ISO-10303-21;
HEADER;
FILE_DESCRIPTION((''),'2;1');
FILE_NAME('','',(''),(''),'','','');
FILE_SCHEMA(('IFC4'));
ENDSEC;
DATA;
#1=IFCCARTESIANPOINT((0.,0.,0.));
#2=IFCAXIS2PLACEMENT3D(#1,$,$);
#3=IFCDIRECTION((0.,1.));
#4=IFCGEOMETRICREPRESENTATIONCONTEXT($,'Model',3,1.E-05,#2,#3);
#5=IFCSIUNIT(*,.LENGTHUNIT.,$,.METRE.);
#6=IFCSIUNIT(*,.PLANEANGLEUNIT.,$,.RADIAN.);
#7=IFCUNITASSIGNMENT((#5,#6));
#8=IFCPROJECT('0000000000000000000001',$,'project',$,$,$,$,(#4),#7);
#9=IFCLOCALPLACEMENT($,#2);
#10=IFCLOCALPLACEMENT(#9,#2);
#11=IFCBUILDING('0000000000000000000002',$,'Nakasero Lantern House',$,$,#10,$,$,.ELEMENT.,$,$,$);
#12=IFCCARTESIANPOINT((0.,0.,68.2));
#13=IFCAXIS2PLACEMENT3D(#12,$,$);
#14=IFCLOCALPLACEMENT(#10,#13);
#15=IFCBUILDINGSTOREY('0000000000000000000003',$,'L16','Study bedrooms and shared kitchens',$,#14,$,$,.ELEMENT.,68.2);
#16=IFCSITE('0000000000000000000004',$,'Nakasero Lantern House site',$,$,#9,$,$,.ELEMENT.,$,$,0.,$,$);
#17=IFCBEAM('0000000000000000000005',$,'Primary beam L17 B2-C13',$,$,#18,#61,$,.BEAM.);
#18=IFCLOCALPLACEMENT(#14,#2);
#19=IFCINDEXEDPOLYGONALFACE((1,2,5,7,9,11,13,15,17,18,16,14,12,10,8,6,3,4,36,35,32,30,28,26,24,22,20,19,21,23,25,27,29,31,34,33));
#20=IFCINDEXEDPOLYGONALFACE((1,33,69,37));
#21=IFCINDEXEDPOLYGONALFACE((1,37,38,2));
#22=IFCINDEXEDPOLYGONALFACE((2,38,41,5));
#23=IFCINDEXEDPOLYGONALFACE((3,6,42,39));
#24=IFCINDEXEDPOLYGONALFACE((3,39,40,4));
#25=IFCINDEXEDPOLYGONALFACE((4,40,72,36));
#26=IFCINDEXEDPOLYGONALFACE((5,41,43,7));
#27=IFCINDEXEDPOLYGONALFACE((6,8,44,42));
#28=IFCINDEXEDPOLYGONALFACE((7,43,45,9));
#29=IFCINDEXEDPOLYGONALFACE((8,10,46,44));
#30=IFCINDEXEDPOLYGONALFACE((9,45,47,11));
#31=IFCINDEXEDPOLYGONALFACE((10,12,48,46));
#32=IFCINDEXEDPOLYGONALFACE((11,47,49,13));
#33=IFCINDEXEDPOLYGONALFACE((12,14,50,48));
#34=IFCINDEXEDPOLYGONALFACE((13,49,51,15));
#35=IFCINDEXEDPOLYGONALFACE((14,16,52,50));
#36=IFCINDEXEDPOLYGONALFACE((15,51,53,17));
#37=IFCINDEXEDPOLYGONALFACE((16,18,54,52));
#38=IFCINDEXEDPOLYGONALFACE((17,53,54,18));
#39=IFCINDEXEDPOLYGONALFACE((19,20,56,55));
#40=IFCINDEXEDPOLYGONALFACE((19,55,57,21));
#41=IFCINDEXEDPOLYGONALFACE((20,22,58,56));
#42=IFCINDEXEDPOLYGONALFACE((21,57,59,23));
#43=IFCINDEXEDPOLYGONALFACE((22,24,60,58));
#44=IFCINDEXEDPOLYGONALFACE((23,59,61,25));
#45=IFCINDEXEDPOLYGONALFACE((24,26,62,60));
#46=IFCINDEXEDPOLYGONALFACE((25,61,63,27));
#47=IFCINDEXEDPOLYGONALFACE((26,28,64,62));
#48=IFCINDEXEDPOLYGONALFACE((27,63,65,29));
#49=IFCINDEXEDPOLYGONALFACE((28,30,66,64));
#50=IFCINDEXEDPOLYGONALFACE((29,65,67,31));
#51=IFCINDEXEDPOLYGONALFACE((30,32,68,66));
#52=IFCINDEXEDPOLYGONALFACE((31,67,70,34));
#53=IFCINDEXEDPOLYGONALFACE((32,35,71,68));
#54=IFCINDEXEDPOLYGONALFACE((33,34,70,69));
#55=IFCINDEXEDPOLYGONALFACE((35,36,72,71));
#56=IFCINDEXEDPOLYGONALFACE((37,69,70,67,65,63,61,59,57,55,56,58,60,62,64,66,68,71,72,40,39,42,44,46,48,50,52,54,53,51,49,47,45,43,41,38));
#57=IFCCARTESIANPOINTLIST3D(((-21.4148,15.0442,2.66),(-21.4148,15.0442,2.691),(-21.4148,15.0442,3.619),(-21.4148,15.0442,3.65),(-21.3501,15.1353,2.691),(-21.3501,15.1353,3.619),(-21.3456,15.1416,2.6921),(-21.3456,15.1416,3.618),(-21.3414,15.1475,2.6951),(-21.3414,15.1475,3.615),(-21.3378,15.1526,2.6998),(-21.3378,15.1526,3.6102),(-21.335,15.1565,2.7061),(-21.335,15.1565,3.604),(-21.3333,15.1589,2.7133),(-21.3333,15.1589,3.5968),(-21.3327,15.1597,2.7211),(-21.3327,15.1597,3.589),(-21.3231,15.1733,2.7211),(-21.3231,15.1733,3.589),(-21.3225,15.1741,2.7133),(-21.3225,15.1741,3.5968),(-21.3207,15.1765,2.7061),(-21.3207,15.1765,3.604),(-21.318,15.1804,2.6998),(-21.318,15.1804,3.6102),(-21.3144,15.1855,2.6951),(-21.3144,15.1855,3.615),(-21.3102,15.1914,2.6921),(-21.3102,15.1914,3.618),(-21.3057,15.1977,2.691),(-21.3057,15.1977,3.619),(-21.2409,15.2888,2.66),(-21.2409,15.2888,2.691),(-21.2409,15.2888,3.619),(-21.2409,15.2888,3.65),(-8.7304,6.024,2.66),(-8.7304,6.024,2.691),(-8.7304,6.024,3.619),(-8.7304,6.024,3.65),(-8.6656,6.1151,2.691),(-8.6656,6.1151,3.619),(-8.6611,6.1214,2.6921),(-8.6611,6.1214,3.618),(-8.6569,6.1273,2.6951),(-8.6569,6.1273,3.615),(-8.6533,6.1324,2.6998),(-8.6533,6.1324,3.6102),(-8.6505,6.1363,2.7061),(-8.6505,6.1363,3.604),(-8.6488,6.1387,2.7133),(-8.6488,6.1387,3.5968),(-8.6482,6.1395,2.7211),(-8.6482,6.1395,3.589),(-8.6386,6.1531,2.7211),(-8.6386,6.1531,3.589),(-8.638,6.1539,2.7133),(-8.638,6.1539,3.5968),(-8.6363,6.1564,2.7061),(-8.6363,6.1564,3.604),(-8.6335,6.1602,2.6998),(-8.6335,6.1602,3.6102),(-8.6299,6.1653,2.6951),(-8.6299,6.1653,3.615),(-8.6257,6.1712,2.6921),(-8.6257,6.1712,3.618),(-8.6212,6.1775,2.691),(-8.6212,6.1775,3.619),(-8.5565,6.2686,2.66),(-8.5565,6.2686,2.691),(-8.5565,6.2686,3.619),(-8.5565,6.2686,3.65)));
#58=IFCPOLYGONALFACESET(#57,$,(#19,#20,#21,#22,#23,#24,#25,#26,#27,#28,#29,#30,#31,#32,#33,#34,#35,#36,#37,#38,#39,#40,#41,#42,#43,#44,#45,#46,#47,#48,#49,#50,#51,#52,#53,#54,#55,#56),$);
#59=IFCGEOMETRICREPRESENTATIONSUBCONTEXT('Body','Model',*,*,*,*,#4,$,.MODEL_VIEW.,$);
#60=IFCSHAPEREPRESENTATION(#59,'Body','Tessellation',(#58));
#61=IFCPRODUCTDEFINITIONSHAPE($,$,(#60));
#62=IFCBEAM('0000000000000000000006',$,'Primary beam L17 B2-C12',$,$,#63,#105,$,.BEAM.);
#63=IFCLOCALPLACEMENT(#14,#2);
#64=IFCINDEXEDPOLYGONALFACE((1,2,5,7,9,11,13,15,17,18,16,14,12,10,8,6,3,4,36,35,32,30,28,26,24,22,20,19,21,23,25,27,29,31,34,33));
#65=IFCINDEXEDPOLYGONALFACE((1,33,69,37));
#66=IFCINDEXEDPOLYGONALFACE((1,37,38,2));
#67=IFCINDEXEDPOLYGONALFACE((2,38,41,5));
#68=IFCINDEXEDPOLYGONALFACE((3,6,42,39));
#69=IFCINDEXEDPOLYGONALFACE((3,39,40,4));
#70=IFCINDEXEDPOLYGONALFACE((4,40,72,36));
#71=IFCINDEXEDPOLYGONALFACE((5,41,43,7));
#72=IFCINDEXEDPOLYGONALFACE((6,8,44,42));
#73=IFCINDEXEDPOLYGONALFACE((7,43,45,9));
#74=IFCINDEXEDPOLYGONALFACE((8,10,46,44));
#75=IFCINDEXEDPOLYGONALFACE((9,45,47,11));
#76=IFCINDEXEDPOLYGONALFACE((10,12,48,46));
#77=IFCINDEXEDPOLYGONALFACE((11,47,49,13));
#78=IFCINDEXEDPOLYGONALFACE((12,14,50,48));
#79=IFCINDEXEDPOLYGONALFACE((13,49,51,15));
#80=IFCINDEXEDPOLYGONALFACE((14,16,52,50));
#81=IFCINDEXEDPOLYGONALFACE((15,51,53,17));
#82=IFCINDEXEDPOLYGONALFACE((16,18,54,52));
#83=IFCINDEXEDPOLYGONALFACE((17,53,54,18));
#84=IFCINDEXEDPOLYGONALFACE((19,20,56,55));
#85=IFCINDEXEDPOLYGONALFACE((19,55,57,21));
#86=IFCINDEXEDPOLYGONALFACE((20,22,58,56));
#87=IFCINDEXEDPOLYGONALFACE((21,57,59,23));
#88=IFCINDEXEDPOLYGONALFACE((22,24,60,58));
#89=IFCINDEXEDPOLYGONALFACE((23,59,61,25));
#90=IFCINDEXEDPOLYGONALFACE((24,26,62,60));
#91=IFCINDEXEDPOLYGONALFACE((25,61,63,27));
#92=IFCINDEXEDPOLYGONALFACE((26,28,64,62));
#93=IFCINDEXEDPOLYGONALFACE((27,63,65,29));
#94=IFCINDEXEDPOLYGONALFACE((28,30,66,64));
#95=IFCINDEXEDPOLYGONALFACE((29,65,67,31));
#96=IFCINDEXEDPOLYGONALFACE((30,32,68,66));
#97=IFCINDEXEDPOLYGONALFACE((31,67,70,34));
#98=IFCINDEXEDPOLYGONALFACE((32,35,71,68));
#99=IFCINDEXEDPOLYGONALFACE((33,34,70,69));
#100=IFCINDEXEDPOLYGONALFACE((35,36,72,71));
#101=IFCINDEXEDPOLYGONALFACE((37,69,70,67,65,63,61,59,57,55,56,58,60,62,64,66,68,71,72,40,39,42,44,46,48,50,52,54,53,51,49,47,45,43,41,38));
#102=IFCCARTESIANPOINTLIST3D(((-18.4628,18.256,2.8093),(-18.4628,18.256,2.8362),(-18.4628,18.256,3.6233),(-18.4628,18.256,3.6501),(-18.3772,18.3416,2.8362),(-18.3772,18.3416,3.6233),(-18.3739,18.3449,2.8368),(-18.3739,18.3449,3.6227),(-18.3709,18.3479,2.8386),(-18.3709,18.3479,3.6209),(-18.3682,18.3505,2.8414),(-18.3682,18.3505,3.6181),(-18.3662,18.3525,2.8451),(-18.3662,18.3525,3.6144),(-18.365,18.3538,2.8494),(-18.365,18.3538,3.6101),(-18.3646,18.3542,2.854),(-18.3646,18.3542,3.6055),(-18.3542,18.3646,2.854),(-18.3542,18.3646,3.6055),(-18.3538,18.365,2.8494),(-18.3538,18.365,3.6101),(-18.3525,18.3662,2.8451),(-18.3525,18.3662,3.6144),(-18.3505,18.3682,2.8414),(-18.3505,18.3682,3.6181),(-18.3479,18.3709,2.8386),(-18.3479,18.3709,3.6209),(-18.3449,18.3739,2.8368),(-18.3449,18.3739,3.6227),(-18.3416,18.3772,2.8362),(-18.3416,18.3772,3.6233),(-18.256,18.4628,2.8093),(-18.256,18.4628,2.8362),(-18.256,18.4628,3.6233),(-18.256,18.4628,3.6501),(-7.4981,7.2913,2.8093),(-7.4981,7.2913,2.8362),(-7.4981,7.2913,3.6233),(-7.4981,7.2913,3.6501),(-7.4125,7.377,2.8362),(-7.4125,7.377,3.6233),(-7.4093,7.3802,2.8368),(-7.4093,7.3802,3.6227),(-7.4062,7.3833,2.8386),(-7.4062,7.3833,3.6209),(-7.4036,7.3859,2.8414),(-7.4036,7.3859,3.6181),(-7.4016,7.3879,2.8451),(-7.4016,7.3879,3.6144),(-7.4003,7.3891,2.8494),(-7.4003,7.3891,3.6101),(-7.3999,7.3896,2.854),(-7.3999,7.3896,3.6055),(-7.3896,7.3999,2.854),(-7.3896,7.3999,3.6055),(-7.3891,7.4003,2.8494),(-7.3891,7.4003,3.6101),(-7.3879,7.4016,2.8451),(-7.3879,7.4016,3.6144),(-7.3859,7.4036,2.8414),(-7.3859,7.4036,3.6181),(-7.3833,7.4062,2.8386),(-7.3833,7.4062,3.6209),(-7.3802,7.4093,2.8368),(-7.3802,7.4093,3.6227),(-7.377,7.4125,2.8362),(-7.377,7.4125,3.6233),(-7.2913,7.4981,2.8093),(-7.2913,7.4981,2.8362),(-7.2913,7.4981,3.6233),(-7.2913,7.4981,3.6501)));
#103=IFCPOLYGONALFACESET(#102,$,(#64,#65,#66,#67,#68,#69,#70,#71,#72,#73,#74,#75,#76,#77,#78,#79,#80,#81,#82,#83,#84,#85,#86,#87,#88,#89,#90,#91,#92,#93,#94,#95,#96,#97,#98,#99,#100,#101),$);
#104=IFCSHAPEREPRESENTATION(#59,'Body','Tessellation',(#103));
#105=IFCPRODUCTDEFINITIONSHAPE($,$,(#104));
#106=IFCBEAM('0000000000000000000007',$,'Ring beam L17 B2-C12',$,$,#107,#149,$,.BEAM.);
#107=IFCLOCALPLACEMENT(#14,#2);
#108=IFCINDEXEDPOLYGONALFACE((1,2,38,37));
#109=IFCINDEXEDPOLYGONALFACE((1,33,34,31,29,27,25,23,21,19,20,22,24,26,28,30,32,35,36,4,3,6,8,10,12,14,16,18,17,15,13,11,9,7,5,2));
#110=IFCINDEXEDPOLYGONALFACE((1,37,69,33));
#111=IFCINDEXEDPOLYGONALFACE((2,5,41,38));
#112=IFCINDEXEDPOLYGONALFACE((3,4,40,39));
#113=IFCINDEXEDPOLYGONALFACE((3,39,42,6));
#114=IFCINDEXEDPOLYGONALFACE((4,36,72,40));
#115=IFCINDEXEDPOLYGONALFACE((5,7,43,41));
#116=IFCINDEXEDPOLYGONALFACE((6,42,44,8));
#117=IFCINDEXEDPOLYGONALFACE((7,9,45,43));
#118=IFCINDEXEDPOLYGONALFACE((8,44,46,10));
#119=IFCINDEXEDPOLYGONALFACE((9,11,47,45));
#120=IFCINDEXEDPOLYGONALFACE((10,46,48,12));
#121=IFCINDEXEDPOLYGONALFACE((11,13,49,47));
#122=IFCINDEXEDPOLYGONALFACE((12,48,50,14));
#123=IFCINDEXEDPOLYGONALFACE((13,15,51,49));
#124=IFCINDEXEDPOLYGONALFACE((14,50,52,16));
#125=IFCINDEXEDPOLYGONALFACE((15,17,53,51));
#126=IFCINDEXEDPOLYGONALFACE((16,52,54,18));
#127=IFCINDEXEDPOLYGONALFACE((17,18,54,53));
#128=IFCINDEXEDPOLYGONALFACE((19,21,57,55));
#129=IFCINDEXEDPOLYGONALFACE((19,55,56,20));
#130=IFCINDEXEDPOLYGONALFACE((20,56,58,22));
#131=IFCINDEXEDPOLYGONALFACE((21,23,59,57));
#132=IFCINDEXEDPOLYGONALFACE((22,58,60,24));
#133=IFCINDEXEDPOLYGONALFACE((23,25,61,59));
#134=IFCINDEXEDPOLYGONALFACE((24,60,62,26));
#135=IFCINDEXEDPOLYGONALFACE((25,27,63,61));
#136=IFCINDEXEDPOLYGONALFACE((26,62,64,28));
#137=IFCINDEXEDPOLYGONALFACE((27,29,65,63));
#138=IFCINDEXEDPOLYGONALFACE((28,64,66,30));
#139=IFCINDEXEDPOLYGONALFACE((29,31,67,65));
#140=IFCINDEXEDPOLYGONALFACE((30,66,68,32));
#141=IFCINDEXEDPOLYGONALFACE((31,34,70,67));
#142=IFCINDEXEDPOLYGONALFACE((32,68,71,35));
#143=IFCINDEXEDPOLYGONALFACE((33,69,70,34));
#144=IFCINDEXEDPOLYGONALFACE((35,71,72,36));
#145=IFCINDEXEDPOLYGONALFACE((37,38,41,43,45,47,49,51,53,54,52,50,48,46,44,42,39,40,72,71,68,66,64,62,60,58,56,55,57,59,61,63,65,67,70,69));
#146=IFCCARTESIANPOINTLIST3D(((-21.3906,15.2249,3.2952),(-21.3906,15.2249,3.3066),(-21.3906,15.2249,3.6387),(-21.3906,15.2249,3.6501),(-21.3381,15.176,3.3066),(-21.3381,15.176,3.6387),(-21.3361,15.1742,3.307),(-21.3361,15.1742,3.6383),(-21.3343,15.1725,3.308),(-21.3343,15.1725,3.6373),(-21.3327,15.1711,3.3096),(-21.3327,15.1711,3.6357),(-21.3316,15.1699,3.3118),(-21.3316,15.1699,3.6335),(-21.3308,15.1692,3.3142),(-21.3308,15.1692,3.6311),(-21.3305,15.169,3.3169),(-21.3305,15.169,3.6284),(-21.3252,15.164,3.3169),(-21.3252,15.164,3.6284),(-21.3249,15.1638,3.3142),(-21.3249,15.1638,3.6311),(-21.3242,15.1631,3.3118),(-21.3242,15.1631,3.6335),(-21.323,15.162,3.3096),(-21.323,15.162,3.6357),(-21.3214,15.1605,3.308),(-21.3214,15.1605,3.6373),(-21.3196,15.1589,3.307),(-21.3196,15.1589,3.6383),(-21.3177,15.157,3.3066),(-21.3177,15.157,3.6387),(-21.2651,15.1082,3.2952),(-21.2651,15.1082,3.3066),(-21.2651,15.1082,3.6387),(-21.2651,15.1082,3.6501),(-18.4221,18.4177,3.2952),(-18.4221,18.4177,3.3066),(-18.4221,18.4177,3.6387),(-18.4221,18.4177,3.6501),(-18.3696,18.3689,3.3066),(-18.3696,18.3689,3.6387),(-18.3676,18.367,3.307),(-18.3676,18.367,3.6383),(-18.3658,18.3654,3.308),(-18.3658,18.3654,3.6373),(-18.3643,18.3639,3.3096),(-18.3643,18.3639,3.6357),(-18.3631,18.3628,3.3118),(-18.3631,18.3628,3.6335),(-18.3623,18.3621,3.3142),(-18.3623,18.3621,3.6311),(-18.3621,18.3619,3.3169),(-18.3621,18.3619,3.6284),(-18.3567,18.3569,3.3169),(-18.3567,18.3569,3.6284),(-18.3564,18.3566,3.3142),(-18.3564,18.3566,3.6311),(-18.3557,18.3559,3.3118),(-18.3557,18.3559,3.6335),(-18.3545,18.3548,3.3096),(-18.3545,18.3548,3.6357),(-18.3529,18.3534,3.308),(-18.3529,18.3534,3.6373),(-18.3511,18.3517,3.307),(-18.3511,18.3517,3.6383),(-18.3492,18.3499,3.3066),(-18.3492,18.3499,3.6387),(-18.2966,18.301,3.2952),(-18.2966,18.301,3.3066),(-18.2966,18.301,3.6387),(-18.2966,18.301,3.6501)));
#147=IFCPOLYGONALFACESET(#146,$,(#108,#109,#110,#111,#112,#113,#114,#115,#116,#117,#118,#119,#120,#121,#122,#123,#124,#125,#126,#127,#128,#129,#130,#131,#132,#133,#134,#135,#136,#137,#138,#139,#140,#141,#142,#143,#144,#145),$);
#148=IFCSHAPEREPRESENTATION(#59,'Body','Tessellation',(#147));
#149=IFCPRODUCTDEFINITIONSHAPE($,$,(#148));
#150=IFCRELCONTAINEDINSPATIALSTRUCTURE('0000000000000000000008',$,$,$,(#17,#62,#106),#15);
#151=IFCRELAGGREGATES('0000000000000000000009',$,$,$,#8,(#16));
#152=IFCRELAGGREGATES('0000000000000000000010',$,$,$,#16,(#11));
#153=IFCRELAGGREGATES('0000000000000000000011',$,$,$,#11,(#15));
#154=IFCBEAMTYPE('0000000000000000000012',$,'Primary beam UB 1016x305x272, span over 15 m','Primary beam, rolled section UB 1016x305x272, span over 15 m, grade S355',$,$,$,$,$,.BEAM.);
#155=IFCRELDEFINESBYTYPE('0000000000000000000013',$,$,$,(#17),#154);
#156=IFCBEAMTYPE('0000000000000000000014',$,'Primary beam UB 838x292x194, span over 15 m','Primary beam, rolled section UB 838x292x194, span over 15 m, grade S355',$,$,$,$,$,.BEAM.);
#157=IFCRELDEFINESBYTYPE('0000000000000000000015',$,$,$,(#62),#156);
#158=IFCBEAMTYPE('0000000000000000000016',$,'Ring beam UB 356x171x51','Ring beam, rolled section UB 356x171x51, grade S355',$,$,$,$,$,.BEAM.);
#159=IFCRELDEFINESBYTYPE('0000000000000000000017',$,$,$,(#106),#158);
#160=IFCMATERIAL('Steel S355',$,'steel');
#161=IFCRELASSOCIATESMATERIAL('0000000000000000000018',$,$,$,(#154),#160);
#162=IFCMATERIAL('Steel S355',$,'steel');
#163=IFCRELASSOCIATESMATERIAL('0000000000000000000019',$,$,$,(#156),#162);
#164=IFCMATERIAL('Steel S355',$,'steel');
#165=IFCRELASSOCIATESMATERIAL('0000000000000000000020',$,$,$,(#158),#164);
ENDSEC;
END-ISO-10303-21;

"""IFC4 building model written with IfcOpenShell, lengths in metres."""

from ifc_helpers import new_model, si_unit, direction, frame, origin, origin_2d, place, context, subcontext, project, spatial, i_section, extrude, material, material_profile, profile_set, type_object, element, save


model = new_model("IFC4")

# Units and contexts
model_context = context("Model", 3, precision=1e-05, world=origin(), true_north=direction((0.0, 1.0)))
body_context = subcontext(model_context, "Body", "Model", "MODEL_VIEW")
ifc_project = project(units=[si_unit("LENGTHUNIT", "METRE"), si_unit("PLANEANGLEUNIT", "RADIAN")], contexts=[model_context])

# Site, building, storey
site_placement = place(None, origin())
site = spatial("IfcSite", under=ifc_project, at=site_placement, Name="Nakasero Lantern House site", CompositionType="ELEMENT", RefElevation=0.0)
building_placement = place(site_placement, origin())
building = spatial("IfcBuilding", under=site, at=building_placement, Name="Nakasero Lantern House", CompositionType="ELEMENT")
storey_placement = place(building_placement, frame((0.0, 0.0, 68.2)))
storey = spatial("IfcBuildingStorey", under=building, at=storey_placement, Name="L16", Description="Study bedrooms and shared kitchens", CompositionType="ELEMENT", Elevation=68.2)

# Beams
ifc_material_1 = material(Name="Steel S355", Category="steel")
ifc_material_profile_1 = material_profile(ifc_material_1, i_section(OverallWidth=0.3, OverallDepth=0.99, WebThickness=0.0166, FlangeThickness=0.031, FilletRadius=0.03, at=origin_2d()), Name="UB 1016x305x272")
ifc_profile_set_1 = profile_set([ifc_material_profile_1], Name="Steel S355")
beam_type_1 = type_object("IfcBeamType", Name="Primary beam UB 1016x305x272, span over 15 m", Description="Primary beam, rolled section UB 1016x305x272, span over 15 m, grade S355", PredefinedType="BEAM", material=ifc_profile_set_1)
beam_1_placement = place(storey_placement, frame((-21.3279, 15.1665, 3.155), z_axis=(0.814952, -0.579529, 0.0), x_axis=(0.579529, 0.814952, 0.0)))
element("IfcBeam", 1, at=beam_1_placement, inside=storey, type_object=beam_type_1, Name="Primary beam L17 B2-C13", PredefinedType="BEAM", context=body_context, shape_type="SweptSolid", body=[
    extrude(i_section(OverallWidth=0.3, OverallDepth=0.99, WebThickness=0.0166, FlangeThickness=0.031, FilletRadius=0.03, at=origin_2d()), origin(), (0.0, 0.0, 1.0), 15.5647),
])
ifc_material_2 = material(Name="Steel S355", Category="steel")
ifc_material_profile_2 = material_profile(ifc_material_2, i_section(OverallWidth=0.2925, OverallDepth=0.8408, WebThickness=0.0146, FlangeThickness=0.0269, FilletRadius=0.0178, at=origin_2d()), Name="UB 838x292x194")
ifc_profile_set_2 = profile_set([ifc_material_profile_2], Name="Steel S355")
beam_type_2 = type_object("IfcBeamType", Name="Primary beam UB 838x292x194, span over 15 m", Description="Primary beam, rolled section UB 838x292x194, span over 15 m, grade S355", PredefinedType="BEAM", material=ifc_profile_set_2)
beam_2_placement = place(storey_placement, frame((-18.3594, 18.3594, 3.2297), z_axis=(0.707107, -0.707107, 0.0), x_axis=(0.707107, 0.707107, 0.0)))
element("IfcBeam", 2, at=beam_2_placement, inside=storey, type_object=beam_type_2, Name="Primary beam L17 B2-C12", PredefinedType="BEAM", context=body_context, shape_type="SweptSolid", body=[
    extrude(i_section(OverallWidth=0.2925, OverallDepth=0.8408, WebThickness=0.0146, FlangeThickness=0.0269, FilletRadius=0.0178, at=origin_2d()), origin(), (0.0, 0.0, 1.0), 15.5063),
])
ifc_material_3 = material(Name="Steel S355", Category="steel")
ifc_material_profile_3 = material_profile(ifc_material_3, i_section(OverallWidth=0.1714, OverallDepth=0.355, WebThickness=0.0073, FlangeThickness=0.0115, FilletRadius=0.0103, at=origin_2d()), Name="UB 356x171x51")
ifc_profile_set_3 = profile_set([ifc_material_profile_3], Name="Steel S355")
beam_type_3 = type_object("IfcBeamType", Name="Ring beam UB 356x171x51", Description="Ring beam, rolled section UB 356x171x51, grade S355", PredefinedType="BEAM", material=ifc_profile_set_3)
beam_3_placement = place(storey_placement, frame((-18.3594, 18.3594, 3.4727), z_axis=(-0.680906, -0.732371, 0.0), x_axis=(0.732371, -0.680906, 0.0)))
element("IfcBeam", 3, at=beam_3_placement, inside=storey, type_object=beam_type_3, Name="Ring beam L17 B2-C12", PredefinedType="BEAM", context=body_context, shape_type="SweptSolid", body=[
    extrude(i_section(OverallWidth=0.1714, OverallDepth=0.355, WebThickness=0.0073, FlangeThickness=0.0115, FilletRadius=0.0103, at=origin_2d()), origin(), (0.0, 0.0, 1.0), 4.3596),
])

save(model, "model.ifc")
